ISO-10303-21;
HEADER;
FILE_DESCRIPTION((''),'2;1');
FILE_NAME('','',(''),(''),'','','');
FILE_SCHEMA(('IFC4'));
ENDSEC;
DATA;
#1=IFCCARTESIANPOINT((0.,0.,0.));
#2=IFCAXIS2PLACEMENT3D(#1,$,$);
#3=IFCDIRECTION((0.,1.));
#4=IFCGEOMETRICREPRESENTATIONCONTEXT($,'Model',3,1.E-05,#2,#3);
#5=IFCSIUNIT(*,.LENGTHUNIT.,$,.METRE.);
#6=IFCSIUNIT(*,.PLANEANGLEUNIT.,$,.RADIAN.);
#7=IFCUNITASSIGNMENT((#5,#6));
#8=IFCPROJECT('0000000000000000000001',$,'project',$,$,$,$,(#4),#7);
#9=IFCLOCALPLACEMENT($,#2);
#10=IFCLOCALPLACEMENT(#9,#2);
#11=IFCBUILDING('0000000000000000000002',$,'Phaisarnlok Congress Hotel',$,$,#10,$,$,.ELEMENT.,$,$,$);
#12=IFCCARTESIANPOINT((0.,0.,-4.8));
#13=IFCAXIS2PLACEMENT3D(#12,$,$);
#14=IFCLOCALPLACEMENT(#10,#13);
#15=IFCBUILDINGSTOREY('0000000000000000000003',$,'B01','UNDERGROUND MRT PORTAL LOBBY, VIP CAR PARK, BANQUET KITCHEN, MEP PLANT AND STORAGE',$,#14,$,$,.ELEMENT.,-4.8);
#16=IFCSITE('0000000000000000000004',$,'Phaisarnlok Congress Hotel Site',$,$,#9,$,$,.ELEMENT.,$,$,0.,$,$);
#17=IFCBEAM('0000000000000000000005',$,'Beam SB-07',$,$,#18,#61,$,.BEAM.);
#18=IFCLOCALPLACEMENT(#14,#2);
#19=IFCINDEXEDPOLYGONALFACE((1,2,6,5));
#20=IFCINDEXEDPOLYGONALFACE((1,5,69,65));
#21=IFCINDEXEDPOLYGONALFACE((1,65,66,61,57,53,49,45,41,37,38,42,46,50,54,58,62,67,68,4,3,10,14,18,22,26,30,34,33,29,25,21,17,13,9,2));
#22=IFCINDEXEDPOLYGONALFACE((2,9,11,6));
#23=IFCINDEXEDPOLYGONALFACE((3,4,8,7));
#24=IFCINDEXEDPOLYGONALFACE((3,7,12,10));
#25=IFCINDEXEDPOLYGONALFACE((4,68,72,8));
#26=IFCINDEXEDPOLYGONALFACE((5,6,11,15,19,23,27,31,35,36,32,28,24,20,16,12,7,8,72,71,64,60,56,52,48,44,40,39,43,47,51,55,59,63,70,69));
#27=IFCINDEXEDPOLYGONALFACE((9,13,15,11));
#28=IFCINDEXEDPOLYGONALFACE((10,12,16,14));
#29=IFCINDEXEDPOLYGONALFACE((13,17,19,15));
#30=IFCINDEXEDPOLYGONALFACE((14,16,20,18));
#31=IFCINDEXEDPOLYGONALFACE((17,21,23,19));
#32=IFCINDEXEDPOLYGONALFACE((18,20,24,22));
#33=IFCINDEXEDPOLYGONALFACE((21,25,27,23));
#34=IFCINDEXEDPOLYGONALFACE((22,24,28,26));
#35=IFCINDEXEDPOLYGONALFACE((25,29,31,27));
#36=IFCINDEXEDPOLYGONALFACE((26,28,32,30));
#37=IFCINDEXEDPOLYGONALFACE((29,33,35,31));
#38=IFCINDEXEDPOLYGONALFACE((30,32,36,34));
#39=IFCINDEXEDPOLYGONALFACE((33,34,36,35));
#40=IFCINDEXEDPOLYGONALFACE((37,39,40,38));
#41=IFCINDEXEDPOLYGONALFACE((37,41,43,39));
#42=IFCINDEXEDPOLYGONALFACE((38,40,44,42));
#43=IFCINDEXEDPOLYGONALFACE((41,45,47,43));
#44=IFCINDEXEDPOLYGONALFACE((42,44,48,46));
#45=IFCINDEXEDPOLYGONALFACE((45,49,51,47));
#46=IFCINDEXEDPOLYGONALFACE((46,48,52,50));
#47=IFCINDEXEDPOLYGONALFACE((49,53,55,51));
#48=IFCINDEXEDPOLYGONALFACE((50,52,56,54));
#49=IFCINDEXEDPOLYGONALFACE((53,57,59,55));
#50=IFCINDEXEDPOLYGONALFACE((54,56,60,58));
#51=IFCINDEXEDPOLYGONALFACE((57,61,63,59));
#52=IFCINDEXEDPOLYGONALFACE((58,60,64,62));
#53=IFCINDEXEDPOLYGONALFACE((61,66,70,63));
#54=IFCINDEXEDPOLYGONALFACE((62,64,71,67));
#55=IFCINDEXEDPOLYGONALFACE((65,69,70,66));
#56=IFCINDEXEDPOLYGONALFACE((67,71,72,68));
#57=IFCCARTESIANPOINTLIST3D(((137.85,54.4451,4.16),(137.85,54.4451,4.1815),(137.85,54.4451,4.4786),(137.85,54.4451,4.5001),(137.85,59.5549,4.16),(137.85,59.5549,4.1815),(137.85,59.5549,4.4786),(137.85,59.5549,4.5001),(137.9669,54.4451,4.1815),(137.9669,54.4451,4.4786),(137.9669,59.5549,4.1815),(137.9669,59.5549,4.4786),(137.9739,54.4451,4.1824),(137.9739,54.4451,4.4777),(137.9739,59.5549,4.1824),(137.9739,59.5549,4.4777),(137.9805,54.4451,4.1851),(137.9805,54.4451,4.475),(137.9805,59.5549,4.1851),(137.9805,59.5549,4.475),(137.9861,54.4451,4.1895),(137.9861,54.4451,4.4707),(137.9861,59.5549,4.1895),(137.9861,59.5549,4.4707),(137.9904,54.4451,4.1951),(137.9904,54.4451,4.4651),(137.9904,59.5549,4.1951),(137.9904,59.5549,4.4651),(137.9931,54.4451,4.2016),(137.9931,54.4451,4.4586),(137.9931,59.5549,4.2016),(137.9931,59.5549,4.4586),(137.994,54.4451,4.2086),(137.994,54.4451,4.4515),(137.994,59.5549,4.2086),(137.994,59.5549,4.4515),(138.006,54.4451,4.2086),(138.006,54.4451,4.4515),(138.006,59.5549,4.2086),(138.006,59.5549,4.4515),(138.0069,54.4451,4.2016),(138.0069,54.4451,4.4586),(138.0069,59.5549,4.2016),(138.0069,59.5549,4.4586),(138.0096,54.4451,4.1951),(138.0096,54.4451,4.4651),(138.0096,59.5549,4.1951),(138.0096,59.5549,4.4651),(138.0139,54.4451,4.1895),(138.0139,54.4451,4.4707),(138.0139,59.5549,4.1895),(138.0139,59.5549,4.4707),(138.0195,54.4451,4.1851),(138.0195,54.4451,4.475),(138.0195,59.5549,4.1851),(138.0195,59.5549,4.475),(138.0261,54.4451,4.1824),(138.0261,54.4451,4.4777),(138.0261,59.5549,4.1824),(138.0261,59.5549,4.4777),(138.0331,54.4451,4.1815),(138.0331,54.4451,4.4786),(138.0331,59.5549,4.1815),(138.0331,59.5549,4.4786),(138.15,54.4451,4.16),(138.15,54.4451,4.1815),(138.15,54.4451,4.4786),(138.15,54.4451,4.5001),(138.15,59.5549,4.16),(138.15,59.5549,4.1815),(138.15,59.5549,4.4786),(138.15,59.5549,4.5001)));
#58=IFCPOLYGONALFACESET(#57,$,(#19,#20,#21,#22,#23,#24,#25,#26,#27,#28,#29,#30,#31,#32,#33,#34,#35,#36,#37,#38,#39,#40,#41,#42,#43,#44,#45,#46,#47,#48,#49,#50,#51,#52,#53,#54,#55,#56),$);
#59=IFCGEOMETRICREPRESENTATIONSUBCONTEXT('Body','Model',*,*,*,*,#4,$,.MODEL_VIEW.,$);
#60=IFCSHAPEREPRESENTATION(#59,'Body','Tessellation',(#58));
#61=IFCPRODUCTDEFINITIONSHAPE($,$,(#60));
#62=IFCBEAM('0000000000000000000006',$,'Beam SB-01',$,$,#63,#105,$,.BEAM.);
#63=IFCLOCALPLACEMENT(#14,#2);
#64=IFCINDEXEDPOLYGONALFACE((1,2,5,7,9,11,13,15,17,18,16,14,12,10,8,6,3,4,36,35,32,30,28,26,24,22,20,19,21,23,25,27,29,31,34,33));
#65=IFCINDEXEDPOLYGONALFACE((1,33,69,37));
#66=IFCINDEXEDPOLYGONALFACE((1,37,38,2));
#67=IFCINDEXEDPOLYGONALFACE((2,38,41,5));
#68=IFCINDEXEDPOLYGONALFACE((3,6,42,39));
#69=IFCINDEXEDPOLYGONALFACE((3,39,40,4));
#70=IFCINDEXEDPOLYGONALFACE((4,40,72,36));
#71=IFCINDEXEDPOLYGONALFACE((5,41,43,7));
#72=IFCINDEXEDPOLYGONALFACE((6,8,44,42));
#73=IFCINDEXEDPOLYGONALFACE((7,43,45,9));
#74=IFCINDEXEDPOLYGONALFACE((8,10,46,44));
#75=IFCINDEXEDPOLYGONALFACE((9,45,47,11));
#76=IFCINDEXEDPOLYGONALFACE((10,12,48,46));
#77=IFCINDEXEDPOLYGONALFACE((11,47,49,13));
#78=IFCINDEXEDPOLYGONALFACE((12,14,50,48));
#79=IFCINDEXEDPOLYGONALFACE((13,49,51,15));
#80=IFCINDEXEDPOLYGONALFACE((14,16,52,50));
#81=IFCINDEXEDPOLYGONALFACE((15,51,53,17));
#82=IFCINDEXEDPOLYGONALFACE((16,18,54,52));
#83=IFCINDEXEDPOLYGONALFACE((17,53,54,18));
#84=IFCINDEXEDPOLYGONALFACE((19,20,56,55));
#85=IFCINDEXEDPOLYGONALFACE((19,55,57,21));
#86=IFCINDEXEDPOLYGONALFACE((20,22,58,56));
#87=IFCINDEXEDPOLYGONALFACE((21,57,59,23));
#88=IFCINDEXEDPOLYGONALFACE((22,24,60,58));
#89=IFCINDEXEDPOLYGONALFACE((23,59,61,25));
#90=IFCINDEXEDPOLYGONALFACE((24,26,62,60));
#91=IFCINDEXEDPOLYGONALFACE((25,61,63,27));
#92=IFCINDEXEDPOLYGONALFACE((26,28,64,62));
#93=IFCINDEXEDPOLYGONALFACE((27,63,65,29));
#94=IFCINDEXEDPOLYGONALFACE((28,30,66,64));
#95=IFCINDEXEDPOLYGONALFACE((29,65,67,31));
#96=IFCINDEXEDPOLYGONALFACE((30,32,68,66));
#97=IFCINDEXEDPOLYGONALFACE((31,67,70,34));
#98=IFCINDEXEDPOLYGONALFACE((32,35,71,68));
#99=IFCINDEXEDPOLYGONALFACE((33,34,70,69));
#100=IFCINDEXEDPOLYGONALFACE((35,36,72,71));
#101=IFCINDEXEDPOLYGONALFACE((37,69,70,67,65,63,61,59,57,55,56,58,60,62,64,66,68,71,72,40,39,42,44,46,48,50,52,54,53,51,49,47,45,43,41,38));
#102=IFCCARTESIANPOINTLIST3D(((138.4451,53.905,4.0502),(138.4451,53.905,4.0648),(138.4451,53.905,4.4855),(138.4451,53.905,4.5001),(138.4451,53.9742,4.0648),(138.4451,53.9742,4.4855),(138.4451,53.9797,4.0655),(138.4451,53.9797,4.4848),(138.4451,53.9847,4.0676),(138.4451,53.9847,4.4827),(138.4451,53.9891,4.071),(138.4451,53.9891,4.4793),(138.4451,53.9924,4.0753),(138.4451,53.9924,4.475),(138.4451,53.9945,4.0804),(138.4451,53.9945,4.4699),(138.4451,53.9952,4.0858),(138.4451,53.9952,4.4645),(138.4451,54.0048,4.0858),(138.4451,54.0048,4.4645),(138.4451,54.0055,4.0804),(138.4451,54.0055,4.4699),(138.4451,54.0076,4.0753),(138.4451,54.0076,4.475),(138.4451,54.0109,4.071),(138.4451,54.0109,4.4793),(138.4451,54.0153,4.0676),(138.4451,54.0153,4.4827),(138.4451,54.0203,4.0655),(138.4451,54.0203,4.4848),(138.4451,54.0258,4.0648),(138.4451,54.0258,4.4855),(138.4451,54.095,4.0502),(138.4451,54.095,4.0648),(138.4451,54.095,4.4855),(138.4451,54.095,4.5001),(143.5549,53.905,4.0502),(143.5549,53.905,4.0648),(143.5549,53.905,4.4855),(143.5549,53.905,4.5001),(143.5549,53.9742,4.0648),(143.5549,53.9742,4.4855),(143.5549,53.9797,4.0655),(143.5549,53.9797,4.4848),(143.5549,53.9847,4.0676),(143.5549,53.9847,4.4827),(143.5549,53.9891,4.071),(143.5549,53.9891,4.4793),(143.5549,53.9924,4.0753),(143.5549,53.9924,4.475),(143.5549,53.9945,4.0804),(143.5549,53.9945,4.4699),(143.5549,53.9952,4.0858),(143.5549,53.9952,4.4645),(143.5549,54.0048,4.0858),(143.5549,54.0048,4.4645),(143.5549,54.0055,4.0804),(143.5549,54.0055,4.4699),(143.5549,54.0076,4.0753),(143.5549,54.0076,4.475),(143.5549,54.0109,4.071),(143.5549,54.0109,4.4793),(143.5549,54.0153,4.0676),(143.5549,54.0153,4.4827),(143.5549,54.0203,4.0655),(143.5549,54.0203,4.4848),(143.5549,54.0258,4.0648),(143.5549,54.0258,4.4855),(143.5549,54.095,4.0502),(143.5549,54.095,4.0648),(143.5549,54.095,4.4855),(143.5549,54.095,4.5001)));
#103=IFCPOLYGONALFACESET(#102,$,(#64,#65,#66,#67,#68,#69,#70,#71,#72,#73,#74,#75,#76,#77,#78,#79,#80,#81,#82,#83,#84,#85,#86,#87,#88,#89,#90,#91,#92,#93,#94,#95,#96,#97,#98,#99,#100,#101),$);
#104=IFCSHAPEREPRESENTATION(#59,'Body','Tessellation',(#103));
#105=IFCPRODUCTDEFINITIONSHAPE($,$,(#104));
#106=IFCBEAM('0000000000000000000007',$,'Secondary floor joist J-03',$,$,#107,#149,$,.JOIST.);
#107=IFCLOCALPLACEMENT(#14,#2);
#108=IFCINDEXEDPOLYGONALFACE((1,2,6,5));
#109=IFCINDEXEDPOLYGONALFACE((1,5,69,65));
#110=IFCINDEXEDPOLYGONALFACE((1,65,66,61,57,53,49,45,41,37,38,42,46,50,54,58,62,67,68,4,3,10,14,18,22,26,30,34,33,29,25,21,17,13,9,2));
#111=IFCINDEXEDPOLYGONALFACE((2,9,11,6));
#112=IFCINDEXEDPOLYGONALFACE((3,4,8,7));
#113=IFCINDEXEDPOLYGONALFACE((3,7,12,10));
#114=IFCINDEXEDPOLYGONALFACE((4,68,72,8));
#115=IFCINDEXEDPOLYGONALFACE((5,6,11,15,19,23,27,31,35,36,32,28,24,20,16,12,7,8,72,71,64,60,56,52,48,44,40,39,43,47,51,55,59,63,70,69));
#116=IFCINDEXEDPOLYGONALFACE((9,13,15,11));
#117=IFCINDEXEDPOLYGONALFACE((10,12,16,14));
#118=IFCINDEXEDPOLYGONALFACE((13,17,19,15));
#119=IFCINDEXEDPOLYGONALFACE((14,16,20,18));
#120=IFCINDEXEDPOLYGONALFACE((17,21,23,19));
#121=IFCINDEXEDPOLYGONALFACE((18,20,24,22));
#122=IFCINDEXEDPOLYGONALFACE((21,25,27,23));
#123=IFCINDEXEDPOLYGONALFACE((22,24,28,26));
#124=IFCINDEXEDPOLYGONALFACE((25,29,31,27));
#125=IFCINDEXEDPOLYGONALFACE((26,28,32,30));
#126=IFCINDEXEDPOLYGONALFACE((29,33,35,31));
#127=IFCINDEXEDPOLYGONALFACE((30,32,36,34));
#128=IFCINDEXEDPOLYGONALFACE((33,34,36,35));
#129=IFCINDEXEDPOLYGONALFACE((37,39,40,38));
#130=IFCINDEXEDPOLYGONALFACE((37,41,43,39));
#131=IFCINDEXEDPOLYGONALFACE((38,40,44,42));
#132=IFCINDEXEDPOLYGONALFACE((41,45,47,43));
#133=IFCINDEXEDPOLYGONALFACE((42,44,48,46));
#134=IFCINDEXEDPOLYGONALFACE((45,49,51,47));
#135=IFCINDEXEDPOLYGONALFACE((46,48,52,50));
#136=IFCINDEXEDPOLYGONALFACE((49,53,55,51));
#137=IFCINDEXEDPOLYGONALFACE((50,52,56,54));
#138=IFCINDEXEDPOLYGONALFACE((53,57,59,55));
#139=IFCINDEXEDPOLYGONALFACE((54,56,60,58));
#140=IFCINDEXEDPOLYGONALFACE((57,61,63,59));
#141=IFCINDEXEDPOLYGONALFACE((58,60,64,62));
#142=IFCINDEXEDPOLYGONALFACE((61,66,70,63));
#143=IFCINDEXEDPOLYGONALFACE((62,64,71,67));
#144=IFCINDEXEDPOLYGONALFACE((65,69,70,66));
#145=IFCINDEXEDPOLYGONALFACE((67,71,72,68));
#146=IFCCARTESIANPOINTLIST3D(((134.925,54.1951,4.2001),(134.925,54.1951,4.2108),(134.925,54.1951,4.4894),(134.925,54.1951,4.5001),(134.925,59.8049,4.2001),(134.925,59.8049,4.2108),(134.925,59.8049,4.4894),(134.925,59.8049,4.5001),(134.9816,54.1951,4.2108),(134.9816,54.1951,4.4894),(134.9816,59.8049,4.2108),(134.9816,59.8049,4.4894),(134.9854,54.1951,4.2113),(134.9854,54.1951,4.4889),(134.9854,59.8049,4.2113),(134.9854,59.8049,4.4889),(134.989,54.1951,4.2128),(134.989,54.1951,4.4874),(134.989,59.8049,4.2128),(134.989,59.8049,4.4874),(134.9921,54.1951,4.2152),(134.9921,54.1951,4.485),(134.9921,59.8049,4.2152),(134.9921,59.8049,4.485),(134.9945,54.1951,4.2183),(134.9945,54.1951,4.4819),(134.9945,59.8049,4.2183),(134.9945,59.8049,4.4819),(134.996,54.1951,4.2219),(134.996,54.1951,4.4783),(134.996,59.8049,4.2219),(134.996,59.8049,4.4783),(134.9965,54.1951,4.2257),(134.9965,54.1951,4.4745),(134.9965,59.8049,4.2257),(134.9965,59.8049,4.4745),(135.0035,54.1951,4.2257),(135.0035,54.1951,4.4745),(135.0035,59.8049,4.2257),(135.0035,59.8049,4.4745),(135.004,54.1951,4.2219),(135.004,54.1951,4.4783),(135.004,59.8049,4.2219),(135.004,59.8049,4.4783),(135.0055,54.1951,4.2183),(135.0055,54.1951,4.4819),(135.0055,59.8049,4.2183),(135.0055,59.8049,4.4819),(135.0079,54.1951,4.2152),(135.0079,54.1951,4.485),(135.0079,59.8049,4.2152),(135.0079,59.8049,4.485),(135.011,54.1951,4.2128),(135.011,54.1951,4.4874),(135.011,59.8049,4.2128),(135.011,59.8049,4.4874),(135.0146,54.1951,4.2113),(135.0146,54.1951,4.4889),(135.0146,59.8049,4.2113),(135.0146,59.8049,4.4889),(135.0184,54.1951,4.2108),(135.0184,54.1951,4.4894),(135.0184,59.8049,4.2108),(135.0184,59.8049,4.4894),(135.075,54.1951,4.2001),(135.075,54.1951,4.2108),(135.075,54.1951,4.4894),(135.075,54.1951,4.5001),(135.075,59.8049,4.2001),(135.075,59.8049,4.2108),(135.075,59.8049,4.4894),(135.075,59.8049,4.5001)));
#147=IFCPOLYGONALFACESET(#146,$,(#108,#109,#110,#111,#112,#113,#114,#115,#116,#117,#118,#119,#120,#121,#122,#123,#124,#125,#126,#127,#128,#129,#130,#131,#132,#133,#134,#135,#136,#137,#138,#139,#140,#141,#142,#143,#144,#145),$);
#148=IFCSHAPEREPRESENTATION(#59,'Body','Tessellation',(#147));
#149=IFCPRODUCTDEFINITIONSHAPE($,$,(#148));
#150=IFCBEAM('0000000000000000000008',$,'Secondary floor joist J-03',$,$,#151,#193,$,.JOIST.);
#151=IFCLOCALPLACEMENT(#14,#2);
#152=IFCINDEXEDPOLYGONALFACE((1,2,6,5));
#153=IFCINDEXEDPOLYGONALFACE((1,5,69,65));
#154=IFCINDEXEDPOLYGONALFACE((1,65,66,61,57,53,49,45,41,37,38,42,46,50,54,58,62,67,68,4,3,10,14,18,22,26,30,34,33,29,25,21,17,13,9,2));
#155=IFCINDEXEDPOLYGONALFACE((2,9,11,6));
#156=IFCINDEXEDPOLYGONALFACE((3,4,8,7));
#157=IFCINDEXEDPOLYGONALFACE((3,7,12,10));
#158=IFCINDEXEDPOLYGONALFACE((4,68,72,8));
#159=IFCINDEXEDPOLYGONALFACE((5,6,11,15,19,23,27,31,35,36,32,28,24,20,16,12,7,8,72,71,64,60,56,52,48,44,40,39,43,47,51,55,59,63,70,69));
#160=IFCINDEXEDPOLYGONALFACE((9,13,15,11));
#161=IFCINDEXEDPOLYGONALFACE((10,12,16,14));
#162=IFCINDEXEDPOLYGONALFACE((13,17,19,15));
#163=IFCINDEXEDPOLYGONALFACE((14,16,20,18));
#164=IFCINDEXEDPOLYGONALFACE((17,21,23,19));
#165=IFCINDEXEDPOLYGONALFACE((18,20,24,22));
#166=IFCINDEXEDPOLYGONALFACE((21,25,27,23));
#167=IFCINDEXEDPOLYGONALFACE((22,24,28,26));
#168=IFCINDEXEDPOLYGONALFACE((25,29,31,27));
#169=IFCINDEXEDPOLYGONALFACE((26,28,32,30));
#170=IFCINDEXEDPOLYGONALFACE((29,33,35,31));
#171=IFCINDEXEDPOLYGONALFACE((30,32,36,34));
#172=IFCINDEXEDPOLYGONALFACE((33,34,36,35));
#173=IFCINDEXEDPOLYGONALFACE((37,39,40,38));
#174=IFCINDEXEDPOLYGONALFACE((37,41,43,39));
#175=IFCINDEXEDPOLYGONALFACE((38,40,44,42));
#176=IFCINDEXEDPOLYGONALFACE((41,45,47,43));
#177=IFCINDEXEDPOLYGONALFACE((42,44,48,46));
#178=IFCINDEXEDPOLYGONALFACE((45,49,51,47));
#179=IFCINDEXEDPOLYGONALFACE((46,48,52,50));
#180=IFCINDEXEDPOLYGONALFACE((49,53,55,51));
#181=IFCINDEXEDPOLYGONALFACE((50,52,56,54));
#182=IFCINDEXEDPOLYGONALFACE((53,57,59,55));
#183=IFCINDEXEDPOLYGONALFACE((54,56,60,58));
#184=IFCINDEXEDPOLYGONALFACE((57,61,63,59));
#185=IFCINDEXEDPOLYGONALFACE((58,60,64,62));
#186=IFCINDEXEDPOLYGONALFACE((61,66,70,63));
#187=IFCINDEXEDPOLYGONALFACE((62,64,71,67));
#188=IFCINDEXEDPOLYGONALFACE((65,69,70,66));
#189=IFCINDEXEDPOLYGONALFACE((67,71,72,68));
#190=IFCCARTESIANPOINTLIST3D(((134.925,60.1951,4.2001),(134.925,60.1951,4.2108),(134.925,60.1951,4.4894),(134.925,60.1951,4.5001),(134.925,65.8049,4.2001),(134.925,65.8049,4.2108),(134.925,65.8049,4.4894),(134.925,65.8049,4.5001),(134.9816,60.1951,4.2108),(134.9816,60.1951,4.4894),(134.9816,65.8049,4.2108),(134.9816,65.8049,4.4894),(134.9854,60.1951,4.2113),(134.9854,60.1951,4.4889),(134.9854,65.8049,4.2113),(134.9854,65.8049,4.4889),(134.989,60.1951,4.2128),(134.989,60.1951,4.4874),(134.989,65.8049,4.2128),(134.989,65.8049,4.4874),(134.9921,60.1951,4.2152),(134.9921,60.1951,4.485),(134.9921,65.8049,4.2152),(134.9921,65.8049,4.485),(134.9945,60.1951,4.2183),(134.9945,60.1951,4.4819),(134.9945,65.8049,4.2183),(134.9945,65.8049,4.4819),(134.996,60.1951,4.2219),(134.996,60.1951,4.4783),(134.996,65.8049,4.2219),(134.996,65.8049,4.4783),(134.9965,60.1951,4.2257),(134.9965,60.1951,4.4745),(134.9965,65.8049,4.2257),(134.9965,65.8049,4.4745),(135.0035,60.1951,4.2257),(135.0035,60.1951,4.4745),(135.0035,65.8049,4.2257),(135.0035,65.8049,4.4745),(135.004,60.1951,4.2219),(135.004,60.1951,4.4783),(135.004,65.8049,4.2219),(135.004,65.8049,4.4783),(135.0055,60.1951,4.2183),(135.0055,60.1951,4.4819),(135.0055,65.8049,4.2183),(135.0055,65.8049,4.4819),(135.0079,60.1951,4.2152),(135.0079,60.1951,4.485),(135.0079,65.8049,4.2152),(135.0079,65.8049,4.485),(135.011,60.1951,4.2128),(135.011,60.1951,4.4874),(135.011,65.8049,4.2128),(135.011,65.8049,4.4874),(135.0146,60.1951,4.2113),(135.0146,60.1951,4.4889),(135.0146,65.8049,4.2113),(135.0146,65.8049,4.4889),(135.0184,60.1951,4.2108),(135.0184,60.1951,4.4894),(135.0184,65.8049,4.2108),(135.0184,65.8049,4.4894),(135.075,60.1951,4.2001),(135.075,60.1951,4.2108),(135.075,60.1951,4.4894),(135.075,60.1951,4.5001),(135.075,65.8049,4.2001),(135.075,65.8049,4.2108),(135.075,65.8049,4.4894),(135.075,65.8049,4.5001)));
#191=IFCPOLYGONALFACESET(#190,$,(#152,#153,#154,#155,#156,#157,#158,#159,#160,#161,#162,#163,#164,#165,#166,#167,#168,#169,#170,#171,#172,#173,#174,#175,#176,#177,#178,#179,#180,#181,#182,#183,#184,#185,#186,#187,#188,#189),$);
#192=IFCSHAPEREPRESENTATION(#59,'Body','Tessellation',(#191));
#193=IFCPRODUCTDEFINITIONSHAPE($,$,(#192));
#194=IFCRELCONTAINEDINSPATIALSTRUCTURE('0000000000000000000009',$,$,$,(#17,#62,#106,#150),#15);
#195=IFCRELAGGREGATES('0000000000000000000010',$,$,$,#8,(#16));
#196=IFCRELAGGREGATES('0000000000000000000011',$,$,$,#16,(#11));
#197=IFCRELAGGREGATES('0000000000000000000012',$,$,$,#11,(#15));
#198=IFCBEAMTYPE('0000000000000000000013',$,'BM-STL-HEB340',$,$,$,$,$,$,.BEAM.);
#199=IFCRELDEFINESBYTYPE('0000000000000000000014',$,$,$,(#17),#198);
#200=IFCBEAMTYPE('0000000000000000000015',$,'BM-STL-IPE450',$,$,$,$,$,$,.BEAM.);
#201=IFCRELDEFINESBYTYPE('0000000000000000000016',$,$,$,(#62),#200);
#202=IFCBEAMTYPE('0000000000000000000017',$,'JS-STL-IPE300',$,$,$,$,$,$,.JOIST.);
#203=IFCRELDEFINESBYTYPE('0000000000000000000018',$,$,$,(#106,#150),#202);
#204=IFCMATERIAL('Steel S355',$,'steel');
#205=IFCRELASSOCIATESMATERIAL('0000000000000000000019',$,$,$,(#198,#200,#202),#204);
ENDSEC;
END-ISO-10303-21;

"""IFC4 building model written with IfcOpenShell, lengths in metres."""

from ifc_helpers import new_model, si_unit, direction, frame, origin, origin_2d, place, context, subcontext, project, spatial, i_section, extrude, material, material_profile, profile_set, type_object, element, save


model = new_model("IFC4")

# Units and contexts
model_context = context("Model", 3, precision=1e-05, world=origin(), true_north=direction((0.0, 1.0)))
body_context = subcontext(model_context, "Body", "Model", "MODEL_VIEW")
ifc_project = project(units=[si_unit("LENGTHUNIT", "METRE"), si_unit("PLANEANGLEUNIT", "RADIAN")], contexts=[model_context])

# Site, building, storey
site_placement = place(None, origin())
site = spatial("IfcSite", under=ifc_project, at=site_placement, Name="Phaisarnlok Congress Hotel Site", CompositionType="ELEMENT", RefElevation=0.0)
building_placement = place(site_placement, origin())
building = spatial("IfcBuilding", under=site, at=building_placement, Name="Phaisarnlok Congress Hotel", CompositionType="ELEMENT")
storey_placement = place(building_placement, frame((0.0, 0.0, -4.8)))
storey = spatial("IfcBuildingStorey", under=building, at=storey_placement, Name="B01", Description="UNDERGROUND MRT PORTAL LOBBY, VIP CAR PARK, BANQUET KITCHEN, MEP PLANT AND STORAGE", CompositionType="ELEMENT", Elevation=-4.8)

# Beams
ifc_material_1 = material(Name="Steel S355", Category="steel")
ifc_material_profile_1 = material_profile(ifc_material_1, i_section(OverallWidth=0.3, OverallDepth=0.3401, WebThickness=0.012, FlangeThickness=0.0215, FilletRadius=0.0271, at=origin_2d()), Name="HEB 340")
ifc_profile_set_1 = profile_set([ifc_material_profile_1], Name="Steel S355")
beam_type_1 = type_object("IfcBeamType", Name="BM-STL-HEB340", PredefinedType="BEAM", material=ifc_profile_set_1)
for number, where, z_axis, x_axis, name in (
    (1, (138.0, 54.4451, 4.3301), (0.0, 1.0, 0.0), (-1.0, 0.0, 0.0), "Beam SB-07"),
):
    element("IfcBeam", number, at=place(storey_placement, frame(where, z_axis=z_axis, x_axis=x_axis)), inside=storey, type_object=beam_type_1, Name=name, PredefinedType="BEAM", context=body_context, shape_type="SweptSolid", body=[
        extrude(i_section(OverallWidth=0.3, OverallDepth=0.3401, WebThickness=0.012, FlangeThickness=0.0215, FilletRadius=0.0271, at=origin_2d()), origin(), (0.0, 0.0, 1.0), 5.1099),
    ])
ifc_material_profile_2 = material_profile(ifc_material_1, i_section(OverallWidth=0.1899, OverallDepth=0.45, WebThickness=0.0095, FlangeThickness=0.0146, FilletRadius=0.021, at=origin_2d()), Name="IPE 450")
ifc_profile_set_2 = profile_set([ifc_material_profile_2], Name="Steel S355")
beam_type_2 = type_object("IfcBeamType", Name="BM-STL-IPE450", PredefinedType="BEAM", material=ifc_profile_set_2)
beam_placement = place(storey_placement, frame((138.4451, 54.0, 4.2751), z_axis=(1.0, 0.0, 0.0), x_axis=(0.0, 1.0, 0.0)))
element("IfcBeam", 2, at=beam_placement, inside=storey, type_object=beam_type_2, Name="Beam SB-01", PredefinedType="BEAM", context=body_context, shape_type="SweptSolid", body=[
    extrude(i_section(OverallWidth=0.1899, OverallDepth=0.45, WebThickness=0.0095, FlangeThickness=0.0146, FilletRadius=0.021, at=origin_2d()), origin(), (0.0, 0.0, 1.0), 5.1099),
])
ifc_material_profile_3 = material_profile(ifc_material_1, i_section(OverallWidth=0.1499, OverallDepth=0.3, WebThickness=0.0071, FlangeThickness=0.0107, FilletRadius=0.0149, at=origin_2d()), Name="IPE 300")
ifc_profile_set_3 = profile_set([ifc_material_profile_3], Name="Steel S355")
beam_type_3 = type_object("IfcBeamType", Name="JS-STL-IPE300", PredefinedType="JOIST", material=ifc_profile_set_3)
for number, where, z_axis, x_axis, name in (
    (3, (135.0, 54.1951, 4.3501), (0.0, 1.0, 0.0), (-1.0, 0.0, 0.0), "Secondary floor joist J-03"),
    (4, (135.0, 60.1951, 4.3501), (0.0, 1.0, 0.0), (-1.0, 0.0, 0.0), "Secondary floor joist J-03"),
):
    element("IfcBeam", number, at=place(storey_placement, frame(where, z_axis=z_axis, x_axis=x_axis)), inside=storey, type_object=beam_type_3, Name=name, PredefinedType="JOIST", context=body_context, shape_type="SweptSolid", body=[
        extrude(i_section(OverallWidth=0.1499, OverallDepth=0.3, WebThickness=0.0071, FlangeThickness=0.0107, FilletRadius=0.0149, at=origin_2d()), origin(), (0.0, 0.0, 1.0), 5.6099),
    ])

save(model, "model.ifc")
